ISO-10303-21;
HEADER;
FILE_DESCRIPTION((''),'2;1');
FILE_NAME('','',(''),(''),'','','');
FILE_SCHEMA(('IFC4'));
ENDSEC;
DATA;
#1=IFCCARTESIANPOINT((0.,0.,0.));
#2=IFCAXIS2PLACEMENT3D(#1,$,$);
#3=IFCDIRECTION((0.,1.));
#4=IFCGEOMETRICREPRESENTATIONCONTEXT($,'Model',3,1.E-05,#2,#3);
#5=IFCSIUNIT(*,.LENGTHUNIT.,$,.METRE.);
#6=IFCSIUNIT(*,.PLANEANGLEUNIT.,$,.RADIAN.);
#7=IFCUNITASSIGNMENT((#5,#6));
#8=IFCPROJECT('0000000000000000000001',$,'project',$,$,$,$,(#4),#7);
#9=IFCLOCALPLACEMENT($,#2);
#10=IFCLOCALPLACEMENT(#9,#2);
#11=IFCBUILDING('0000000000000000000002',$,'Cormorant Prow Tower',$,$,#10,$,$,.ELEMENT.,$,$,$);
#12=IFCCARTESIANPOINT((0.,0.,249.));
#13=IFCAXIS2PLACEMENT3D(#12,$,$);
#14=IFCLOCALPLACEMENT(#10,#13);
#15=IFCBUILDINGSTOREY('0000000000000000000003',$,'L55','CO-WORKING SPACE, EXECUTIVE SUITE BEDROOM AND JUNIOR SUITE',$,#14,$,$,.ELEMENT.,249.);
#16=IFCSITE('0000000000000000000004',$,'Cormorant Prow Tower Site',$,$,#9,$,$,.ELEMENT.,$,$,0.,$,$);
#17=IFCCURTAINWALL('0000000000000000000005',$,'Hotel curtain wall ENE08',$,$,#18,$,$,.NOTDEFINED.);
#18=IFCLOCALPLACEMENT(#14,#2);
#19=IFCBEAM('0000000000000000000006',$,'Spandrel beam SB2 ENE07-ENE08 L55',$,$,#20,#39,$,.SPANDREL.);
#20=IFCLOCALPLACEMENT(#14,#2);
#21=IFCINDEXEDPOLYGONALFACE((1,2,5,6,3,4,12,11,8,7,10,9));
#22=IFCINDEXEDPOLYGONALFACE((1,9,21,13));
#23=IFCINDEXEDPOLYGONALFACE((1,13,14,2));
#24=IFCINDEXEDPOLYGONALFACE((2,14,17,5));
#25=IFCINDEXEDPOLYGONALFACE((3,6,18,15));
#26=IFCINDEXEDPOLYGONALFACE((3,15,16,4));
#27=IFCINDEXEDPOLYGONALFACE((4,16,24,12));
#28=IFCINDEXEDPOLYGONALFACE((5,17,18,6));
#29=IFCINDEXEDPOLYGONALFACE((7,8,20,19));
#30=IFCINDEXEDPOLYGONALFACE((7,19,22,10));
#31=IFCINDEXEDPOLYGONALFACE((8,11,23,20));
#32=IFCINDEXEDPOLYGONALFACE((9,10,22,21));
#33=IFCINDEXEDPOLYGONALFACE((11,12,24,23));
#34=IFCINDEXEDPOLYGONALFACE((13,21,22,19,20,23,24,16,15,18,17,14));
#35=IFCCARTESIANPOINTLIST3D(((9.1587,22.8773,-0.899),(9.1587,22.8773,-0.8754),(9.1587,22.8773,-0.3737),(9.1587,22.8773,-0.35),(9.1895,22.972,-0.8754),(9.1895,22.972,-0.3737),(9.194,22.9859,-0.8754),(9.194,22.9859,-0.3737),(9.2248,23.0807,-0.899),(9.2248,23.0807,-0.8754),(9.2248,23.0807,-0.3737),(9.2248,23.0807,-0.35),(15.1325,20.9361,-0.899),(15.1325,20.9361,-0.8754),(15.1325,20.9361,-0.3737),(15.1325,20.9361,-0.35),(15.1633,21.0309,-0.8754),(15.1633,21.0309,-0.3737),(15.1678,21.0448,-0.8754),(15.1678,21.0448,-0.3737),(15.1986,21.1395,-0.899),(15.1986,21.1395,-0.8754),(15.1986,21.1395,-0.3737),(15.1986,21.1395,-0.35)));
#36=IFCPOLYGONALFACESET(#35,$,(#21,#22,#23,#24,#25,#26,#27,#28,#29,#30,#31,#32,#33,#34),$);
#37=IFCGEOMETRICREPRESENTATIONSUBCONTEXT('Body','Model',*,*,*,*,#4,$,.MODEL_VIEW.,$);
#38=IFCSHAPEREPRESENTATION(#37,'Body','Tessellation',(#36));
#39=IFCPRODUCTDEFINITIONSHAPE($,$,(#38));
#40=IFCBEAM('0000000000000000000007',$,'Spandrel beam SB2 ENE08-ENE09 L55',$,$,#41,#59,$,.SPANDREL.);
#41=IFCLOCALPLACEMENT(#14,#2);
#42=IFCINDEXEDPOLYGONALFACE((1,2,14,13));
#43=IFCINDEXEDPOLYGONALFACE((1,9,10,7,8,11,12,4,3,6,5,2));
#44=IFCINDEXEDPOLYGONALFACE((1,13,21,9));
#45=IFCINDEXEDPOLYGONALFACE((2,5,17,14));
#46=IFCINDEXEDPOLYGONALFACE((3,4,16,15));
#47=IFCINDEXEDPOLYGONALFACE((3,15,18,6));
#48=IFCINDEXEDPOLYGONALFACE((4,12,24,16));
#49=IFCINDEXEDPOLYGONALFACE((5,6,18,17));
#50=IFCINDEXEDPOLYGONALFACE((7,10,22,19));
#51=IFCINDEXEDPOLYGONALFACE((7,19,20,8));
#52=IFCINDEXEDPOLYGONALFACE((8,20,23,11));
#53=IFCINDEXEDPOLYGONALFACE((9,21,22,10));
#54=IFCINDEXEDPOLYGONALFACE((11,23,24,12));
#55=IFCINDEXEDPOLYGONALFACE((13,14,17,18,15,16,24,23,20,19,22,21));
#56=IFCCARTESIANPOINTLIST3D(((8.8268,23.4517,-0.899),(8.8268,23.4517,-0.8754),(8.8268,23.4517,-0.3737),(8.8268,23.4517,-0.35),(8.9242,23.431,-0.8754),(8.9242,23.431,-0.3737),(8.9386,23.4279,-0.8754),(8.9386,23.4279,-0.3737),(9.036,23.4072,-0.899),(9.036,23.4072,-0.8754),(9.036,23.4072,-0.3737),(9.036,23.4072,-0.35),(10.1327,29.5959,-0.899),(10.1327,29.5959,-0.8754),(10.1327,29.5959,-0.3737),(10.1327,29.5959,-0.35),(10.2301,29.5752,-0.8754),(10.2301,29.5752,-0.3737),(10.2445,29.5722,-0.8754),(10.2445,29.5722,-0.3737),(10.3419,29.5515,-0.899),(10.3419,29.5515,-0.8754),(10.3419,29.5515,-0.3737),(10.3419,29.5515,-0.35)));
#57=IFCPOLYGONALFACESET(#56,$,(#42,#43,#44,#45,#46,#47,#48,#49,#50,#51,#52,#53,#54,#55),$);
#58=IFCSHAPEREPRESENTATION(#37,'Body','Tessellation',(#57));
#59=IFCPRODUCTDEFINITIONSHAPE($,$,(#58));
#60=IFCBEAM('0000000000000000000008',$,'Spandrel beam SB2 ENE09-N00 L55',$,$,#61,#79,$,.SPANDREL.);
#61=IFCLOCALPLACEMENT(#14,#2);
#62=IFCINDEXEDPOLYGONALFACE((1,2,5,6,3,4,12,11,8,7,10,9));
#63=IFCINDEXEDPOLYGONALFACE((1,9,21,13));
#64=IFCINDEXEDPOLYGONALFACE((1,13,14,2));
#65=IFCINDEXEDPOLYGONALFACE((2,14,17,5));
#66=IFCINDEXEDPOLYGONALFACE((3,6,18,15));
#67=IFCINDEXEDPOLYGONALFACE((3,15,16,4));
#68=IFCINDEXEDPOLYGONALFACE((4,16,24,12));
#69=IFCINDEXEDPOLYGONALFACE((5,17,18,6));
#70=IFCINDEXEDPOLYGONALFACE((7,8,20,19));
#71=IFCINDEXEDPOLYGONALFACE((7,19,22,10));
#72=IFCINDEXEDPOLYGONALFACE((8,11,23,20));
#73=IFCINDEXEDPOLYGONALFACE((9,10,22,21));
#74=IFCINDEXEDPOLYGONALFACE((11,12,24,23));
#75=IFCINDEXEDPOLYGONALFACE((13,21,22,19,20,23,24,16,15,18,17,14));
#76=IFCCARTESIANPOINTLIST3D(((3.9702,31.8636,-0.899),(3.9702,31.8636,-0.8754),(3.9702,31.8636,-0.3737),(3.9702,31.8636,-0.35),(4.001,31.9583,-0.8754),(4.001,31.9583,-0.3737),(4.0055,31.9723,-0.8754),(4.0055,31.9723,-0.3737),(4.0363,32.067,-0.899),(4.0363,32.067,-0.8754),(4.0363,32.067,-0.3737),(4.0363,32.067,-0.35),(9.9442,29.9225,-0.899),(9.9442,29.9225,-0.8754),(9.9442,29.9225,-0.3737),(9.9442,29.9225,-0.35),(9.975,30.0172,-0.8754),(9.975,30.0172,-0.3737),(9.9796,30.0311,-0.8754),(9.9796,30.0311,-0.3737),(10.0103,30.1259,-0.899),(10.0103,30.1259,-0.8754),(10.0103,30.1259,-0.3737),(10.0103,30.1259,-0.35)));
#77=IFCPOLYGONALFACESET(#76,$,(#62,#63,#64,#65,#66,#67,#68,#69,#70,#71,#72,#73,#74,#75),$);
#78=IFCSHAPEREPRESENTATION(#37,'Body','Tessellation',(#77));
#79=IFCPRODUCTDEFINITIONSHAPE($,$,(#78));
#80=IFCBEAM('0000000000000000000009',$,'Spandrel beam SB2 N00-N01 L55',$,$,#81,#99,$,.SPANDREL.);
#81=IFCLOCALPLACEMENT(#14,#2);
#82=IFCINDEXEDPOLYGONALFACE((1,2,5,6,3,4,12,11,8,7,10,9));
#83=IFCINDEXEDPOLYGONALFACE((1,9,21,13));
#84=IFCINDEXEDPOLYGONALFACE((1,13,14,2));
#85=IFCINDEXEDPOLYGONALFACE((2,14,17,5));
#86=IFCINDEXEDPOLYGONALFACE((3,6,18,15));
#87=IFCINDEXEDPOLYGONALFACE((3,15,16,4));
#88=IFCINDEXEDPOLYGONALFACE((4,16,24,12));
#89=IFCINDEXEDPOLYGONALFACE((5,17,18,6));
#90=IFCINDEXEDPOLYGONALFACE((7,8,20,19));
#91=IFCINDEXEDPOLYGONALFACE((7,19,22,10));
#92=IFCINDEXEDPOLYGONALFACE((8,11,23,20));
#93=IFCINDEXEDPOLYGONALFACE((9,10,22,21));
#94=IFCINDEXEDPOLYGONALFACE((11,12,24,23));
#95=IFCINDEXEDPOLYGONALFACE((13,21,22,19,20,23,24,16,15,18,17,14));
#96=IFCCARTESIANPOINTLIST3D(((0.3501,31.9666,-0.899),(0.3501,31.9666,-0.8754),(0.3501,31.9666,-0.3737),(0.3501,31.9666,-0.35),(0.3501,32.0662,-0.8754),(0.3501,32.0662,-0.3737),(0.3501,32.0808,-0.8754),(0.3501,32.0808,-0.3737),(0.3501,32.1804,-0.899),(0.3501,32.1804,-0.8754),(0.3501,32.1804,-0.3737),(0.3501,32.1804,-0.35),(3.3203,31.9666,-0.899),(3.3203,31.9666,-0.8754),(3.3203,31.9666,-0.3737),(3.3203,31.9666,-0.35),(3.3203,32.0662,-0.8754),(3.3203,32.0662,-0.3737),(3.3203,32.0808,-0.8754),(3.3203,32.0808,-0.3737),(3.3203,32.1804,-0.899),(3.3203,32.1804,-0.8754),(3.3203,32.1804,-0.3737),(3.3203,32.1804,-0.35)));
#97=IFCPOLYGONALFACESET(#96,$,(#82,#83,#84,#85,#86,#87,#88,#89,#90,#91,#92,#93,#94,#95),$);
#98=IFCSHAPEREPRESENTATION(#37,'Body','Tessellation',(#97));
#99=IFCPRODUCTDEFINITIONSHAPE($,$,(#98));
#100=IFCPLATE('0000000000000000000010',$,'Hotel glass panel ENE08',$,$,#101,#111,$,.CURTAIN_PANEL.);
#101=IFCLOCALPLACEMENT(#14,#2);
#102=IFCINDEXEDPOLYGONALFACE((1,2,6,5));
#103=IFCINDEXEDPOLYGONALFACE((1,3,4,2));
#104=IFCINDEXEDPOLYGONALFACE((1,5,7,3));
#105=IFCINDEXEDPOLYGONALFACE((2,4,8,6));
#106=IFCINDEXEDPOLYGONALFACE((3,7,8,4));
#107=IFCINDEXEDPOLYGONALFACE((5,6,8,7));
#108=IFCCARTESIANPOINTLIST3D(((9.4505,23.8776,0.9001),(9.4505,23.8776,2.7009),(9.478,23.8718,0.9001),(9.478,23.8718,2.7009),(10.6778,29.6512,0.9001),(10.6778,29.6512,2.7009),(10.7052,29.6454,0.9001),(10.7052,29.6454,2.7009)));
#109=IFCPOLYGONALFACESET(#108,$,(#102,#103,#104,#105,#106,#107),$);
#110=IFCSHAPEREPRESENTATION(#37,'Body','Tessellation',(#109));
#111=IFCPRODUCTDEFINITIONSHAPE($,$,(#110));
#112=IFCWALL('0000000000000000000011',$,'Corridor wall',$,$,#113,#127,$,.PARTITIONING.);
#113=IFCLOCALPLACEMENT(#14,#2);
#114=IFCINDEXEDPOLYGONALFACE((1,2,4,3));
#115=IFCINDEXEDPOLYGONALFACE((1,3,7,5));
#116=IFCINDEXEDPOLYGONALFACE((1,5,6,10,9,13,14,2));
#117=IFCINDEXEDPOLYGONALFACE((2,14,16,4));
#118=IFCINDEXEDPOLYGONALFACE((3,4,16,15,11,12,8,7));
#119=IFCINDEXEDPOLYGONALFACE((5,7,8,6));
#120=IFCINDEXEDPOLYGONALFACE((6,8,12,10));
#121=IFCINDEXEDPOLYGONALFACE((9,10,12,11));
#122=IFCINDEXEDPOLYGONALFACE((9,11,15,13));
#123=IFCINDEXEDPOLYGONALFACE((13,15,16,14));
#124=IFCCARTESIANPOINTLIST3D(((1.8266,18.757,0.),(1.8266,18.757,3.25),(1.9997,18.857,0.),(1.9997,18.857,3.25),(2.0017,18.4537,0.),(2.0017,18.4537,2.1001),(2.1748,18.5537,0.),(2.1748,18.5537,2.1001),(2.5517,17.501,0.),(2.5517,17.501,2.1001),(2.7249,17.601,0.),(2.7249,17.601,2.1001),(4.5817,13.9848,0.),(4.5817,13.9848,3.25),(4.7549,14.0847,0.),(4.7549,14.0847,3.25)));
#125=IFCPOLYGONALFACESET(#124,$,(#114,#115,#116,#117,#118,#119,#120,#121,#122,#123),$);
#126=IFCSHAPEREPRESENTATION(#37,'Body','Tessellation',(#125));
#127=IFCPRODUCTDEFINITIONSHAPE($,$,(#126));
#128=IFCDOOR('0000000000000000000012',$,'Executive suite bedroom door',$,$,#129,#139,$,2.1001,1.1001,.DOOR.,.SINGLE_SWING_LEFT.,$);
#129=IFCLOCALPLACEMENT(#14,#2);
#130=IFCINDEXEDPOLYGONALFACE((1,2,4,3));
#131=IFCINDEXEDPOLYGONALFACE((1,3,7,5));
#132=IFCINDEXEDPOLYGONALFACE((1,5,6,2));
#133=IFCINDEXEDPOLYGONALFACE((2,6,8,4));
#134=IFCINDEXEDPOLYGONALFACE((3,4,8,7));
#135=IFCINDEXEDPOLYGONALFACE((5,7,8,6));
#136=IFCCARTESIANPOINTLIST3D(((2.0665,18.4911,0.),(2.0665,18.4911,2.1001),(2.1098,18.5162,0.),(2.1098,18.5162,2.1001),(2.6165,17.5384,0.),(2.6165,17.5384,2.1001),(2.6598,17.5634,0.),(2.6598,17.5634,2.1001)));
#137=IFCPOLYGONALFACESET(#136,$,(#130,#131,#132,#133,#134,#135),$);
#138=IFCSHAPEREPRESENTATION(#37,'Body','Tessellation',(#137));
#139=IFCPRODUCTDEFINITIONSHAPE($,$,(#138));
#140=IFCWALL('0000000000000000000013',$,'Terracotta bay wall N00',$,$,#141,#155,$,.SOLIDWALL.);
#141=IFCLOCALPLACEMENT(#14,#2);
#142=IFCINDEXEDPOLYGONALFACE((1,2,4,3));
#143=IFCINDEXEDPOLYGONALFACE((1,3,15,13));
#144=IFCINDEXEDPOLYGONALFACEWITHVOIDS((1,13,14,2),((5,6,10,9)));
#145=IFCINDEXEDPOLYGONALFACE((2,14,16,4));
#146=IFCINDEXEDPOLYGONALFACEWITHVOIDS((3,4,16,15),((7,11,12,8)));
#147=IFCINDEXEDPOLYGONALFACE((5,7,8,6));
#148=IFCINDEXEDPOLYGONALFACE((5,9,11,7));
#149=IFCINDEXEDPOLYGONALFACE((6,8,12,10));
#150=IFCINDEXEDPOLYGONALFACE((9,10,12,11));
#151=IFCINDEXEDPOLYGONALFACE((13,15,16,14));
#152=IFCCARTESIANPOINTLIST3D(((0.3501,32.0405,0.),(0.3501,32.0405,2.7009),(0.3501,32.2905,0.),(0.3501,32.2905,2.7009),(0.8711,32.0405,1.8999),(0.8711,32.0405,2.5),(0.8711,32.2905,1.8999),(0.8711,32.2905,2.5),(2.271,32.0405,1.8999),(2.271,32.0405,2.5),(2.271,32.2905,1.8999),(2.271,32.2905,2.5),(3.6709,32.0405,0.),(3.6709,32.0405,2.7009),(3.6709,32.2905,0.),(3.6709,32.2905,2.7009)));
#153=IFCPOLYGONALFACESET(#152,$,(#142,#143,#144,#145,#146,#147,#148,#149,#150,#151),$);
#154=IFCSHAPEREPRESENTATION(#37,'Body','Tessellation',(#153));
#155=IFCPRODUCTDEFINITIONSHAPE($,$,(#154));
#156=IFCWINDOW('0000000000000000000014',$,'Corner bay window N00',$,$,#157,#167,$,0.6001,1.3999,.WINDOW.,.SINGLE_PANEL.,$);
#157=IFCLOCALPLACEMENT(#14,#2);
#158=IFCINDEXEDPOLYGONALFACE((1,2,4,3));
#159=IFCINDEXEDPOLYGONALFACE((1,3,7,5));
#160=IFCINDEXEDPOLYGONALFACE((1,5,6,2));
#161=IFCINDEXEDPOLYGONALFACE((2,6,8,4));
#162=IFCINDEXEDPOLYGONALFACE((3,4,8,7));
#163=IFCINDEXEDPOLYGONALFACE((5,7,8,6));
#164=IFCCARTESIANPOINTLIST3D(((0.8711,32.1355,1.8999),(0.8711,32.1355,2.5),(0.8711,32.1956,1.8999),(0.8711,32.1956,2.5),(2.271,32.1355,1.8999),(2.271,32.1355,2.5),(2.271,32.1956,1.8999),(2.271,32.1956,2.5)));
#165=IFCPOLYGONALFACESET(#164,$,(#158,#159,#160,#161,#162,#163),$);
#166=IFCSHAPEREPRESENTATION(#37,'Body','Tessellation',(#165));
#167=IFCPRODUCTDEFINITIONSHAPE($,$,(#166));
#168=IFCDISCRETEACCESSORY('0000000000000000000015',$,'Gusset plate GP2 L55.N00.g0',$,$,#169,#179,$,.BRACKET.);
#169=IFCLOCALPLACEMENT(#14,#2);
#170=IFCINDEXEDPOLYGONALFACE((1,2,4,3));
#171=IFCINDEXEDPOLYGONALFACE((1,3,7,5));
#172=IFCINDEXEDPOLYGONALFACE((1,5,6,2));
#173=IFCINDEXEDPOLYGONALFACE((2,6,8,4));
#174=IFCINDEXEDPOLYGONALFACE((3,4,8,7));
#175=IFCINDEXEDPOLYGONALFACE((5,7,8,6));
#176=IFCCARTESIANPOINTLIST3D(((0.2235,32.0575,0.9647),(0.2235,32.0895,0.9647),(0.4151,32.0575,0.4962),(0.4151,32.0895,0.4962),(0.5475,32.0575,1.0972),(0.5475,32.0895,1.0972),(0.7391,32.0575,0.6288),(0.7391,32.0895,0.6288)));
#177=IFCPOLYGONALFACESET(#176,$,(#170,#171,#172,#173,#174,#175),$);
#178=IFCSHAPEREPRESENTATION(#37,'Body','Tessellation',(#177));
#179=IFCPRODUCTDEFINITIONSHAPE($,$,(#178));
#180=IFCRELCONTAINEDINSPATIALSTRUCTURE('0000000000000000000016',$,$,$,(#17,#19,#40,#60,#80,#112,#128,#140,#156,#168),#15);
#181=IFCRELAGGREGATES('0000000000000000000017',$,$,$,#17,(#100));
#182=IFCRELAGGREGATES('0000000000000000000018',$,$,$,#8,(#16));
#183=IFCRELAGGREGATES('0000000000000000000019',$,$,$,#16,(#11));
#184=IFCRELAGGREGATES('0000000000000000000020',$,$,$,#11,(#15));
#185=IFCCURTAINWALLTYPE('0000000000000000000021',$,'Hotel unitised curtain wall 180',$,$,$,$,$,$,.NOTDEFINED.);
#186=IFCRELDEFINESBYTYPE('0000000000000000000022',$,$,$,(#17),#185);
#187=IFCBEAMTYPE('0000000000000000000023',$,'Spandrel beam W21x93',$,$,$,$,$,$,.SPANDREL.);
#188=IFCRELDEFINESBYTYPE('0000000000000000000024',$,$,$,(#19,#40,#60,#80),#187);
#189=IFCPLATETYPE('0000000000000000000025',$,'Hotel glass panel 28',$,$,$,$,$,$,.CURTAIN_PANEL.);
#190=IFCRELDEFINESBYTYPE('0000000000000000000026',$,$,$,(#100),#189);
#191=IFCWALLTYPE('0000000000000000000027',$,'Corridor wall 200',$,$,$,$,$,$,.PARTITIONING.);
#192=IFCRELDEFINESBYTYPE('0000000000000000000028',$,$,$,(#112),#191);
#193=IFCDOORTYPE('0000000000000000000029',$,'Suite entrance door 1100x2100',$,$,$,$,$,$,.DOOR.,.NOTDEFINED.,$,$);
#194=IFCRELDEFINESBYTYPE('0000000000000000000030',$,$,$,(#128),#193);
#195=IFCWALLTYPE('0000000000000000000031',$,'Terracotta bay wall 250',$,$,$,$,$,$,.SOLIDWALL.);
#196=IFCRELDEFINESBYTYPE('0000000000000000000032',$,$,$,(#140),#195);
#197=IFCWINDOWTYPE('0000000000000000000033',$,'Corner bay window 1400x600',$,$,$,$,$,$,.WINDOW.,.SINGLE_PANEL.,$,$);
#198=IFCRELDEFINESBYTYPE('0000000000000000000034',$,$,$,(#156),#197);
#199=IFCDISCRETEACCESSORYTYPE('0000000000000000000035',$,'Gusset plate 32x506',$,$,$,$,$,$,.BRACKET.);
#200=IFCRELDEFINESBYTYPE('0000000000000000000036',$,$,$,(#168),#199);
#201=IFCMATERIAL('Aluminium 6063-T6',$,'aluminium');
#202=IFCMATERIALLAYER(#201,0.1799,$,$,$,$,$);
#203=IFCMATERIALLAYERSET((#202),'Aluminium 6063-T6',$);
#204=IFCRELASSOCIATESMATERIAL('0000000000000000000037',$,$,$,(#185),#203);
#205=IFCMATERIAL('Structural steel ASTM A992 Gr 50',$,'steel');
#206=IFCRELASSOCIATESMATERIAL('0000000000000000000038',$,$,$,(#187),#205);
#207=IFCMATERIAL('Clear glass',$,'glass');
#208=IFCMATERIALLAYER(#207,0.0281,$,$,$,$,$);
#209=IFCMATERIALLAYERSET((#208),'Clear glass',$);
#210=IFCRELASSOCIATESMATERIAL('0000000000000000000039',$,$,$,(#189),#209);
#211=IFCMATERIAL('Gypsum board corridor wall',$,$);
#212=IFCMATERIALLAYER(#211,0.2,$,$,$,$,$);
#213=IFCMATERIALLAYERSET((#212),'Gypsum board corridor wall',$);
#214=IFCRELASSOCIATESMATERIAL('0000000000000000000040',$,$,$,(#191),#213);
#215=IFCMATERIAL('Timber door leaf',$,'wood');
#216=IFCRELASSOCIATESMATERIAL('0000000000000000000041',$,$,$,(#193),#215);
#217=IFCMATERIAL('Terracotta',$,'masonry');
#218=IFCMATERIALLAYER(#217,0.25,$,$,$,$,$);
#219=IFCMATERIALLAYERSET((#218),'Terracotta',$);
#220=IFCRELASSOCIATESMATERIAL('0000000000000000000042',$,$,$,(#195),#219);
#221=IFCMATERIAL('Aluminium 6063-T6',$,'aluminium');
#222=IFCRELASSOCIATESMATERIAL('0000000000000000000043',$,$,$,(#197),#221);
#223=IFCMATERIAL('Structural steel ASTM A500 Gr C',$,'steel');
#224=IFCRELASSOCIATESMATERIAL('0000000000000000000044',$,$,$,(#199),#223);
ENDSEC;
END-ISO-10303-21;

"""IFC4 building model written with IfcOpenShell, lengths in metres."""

from ifc_helpers import new_model, si_unit, direction, frame, frame_2d, origin, origin_2d, place, context, subcontext, project, spatial, rectangle, i_section, extrude, material, layer, layer_set, material_profile, profile_set, type_object, element, fill, aggregate, save


model = new_model("IFC4")

# Units and contexts
model_context = context("Model", 3, precision=1e-05, world=origin(), true_north=direction((0.0, 1.0)))
body_context = subcontext(model_context, "Body", "Model", "MODEL_VIEW")
ifc_project = project(units=[si_unit("LENGTHUNIT", "METRE"), si_unit("PLANEANGLEUNIT", "RADIAN")], contexts=[model_context])

# Site, building, storey
site_placement = place(None, origin())
site = spatial("IfcSite", under=ifc_project, at=site_placement, Name="Cormorant Prow Tower Site", CompositionType="ELEMENT", RefElevation=0.0)
building_placement = place(site_placement, origin())
building = spatial("IfcBuilding", under=site, at=building_placement, Name="Cormorant Prow Tower", CompositionType="ELEMENT")
storey_placement = place(building_placement, frame((0.0, 0.0, 249.0)))
storey = spatial("IfcBuildingStorey", under=building, at=storey_placement, Name="L55", Description="CO-WORKING SPACE, EXECUTIVE SUITE BEDROOM AND JUNIOR SUITE", CompositionType="ELEMENT", Elevation=249.0)

# Curtain wall
ifc_material_1 = material(Name="Aluminium 6063-T6", Category="aluminium")
ifc_layer_1 = layer(ifc_material_1, 0.1799)
ifc_layer_set_1 = layer_set([ifc_layer_1], Name="Aluminium 6063-T6")
curtain_wall_type = type_object("IfcCurtainWallType", Name="Hotel unitised curtain wall 180", PredefinedType="NOTDEFINED", material=ifc_layer_set_1)
curtain_wall_placement = place(storey_placement, origin())
curtain_wall = element("IfcCurtainWall", 1, at=curtain_wall_placement, inside=storey, type_object=curtain_wall_type, Name="Hotel curtain wall ENE08", PredefinedType="NOTDEFINED")

# Beams
ifc_material_2 = material(Name="Structural steel ASTM A992 Gr 50", Category="steel")
ifc_material_profile_1 = material_profile(ifc_material_2, i_section(OverallWidth=0.2139, OverallDepth=0.5491, WebThickness=0.0146, FlangeThickness=0.0237, at=origin_2d()), Name="W21x93")
ifc_profile_set_1 = profile_set([ifc_material_profile_1], Name="Structural steel ASTM A992 Gr 50")
beam_type_1 = type_object("IfcBeamType", Name="Spandrel beam W21x93", PredefinedType="SPANDREL", material=ifc_profile_set_1)
beam_1_placement = place(storey_placement, frame((15.1655, 21.0378, -0.6245), z_axis=(-0.95105, 0.309036, 0.0), x_axis=(-0.309036, -0.95105, 0.0)))
element("IfcBeam", 2, at=beam_1_placement, inside=storey, type_object=beam_type_1, Name="Spandrel beam SB2 ENE07-ENE08 L55", PredefinedType="SPANDREL", context=body_context, shape_type="SweptSolid", body=[
    extrude(i_section(OverallWidth=0.2139, OverallDepth=0.5491, WebThickness=0.0146, FlangeThickness=0.0237, at=origin_2d()), origin(), (0.0, 0.0, 1.0), 6.2812),
])
for number, where, z_axis, x_axis, name in (
    (3, (8.9314, 23.4294, -0.6245), (0.207896, 0.978151, 0.0), (-0.978151, 0.207896, 0.0), "Spandrel beam SB2 ENE08-ENE09 L55"),
    (4, (9.9773, 30.0242, -0.6245), (-0.951054, 0.309025, 0.0), (-0.309025, -0.951054, 0.0), "Spandrel beam SB2 ENE09-N00 L55"),
):
    element("IfcBeam", number, at=place(storey_placement, frame(where, z_axis=z_axis, x_axis=x_axis)), inside=storey, type_object=beam_type_1, Name=name, PredefinedType="SPANDREL", context=body_context, shape_type="SweptSolid", body=[
        extrude(i_section(OverallWidth=0.2139, OverallDepth=0.5491, WebThickness=0.0146, FlangeThickness=0.0237, at=origin_2d()), origin(), (0.0, 0.0, 1.0), 6.2815),
    ])
beam_2_placement = place(storey_placement, frame((3.3203, 32.0735, -0.6245), z_axis=(-1.0, 0.0, 0.0), x_axis=(0.0, -1.0, 0.0)))
element("IfcBeam", 5, at=beam_2_placement, inside=storey, type_object=beam_type_1, Name="Spandrel beam SB2 N00-N01 L55", PredefinedType="SPANDREL", context=body_context, shape_type="SweptSolid", body=[
    extrude(i_section(OverallWidth=0.2139, OverallDepth=0.5491, WebThickness=0.0146, FlangeThickness=0.0237, at=origin_2d()), origin(), (0.0, 0.0, 1.0), 2.9702),
])

# Plate
ifc_material_3 = material(Name="Clear glass", Category="glass")
ifc_layer_2 = layer(ifc_material_3, 0.0281)
ifc_layer_set_2 = layer_set([ifc_layer_2], Name="Clear glass")
plate_type = type_object("IfcPlateType", Name="Hotel glass panel 28", PredefinedType="CURTAIN_PANEL", material=ifc_layer_set_2)
plate_placement = place(storey_placement, frame((10.0779, 26.7615, 0.9001), z_axis=(0.0, 0.0, 1.0), x_axis=(0.207912, 0.978148, 0.0)))
plate = element("IfcPlate", 6, at=plate_placement, type_object=plate_type, Name="Hotel glass panel ENE08", PredefinedType="CURTAIN_PANEL", context=body_context, shape_type="SweptSolid", body=[
    extrude(rectangle(XDim=5.9026, YDim=0.0281, at=origin_2d()), origin(), (0.0, 0.0, 1.0), 1.8008),
])
aggregate(curtain_wall, [plate])

# Wall, opening, door
ifc_material_4 = material(Name="Gypsum board corridor wall")
ifc_layer_3 = layer(ifc_material_4, 0.2)
ifc_layer_set_3 = layer_set([ifc_layer_3], Name="Gypsum board corridor wall")
wall_type_1 = type_object("IfcWallType", Name="Corridor wall 200", PredefinedType="PARTITIONING", material=ifc_layer_set_3)
wall_1_placement = place(storey_placement, frame((1.9131, 18.8071, 0.0), z_axis=(0.0, 0.0, 1.0), x_axis=(0.499985, -0.866034, 0.0)))
wall_1 = element("IfcWall", 7, at=wall_1_placement, inside=storey, type_object=wall_type_1, Name="Corridor wall", PredefinedType="PARTITIONING", context=body_context, shape_type="SweptSolid", body=[
    extrude(rectangle(XDim=5.5105, YDim=0.2, at=frame_2d((2.7554, 0.0))), origin(), (0.0, 0.0, 1.0), 3.25),
])
opening_1_placement = place(wall_1_placement, frame((0.3503, 0.0, 0.0)))
opening_1 = element("IfcOpeningElement", 8, at=opening_1_placement, cuts=wall_1, PredefinedType="OPENING", context=body_context, shape_type="SweptSolid", body=[
    extrude(rectangle(XDim=1.1001, YDim=2.1001, at=frame_2d((0.55, 1.05))), frame((0.0, 0.1099, 0.0), z_axis=(0.0, -1.0, 0.0), x_axis=(1.0, 0.0, 0.0)), (0.0, 0.0, 1.0), 0.22),
])
ifc_material_5 = material(Name="Timber door leaf", Category="wood")
door_type_1 = type_object("IfcDoorType", Name="Suite entrance door 1100x2100", OperationType="NOTDEFINED", PredefinedType="DOOR", material=ifc_material_5)
door_1_placement = place(opening_1_placement, origin())
door_1 = element("IfcDoor", 9, at=door_1_placement, inside=storey, type_object=door_type_1, Name="Executive suite bedroom door", OperationType="SINGLE_SWING_LEFT", OverallHeight=2.1001, OverallWidth=1.1001, PredefinedType="DOOR", context=body_context, shape_type="SweptSolid", body=[
    extrude(rectangle(XDim=1.1001, YDim=2.1001, at=frame_2d((0.55, 1.05))), frame((0.0, 0.0249, 0.0), z_axis=(0.0, -1.0, 0.0), x_axis=(1.0, 0.0, 0.0)), (0.0, 0.0, 1.0), 0.05),
])
fill(opening_1, door_1)

# Wall, opening, window
ifc_material_6 = material(Name="Terracotta", Category="masonry")
ifc_layer_4 = layer(ifc_material_6, 0.25)
ifc_layer_set_4 = layer_set([ifc_layer_4], Name="Terracotta")
wall_type_2 = type_object("IfcWallType", Name="Terracotta bay wall 250", PredefinedType="SOLIDWALL", material=ifc_layer_set_4)
wall_2_placement = place(storey_placement, frame((3.6709, 32.1655, 0.0), z_axis=(0.0, 0.0, 1.0), x_axis=(-1.0, 0.0, 0.0)))
wall_2 = element("IfcWall", 10, at=wall_2_placement, inside=storey, type_object=wall_type_2, Name="Terracotta bay wall N00", PredefinedType="SOLIDWALL", context=body_context, shape_type="SweptSolid", body=[
    extrude(rectangle(XDim=3.3208, YDim=0.25, at=frame_2d((1.6604, 0.0))), origin(), (0.0, 0.0, 1.0), 2.7009),
])
opening_2_placement = place(wall_2_placement, frame((1.3999, 0.0, 1.8999)))
opening_2 = element("IfcOpeningElement", 11, at=opening_2_placement, cuts=wall_2, PredefinedType="OPENING", context=body_context, shape_type="SweptSolid", body=[
    extrude(rectangle(XDim=1.3999, YDim=0.6001, at=frame_2d((0.7, 0.3))), frame((0.0, 0.135, 0.0), z_axis=(0.0, -1.0, 0.0), x_axis=(1.0, 0.0, 0.0)), (0.0, 0.0, 1.0), 0.27),
])
ifc_material_7 = material(Name="Aluminium 6063-T6", Category="aluminium")
window_type = type_object("IfcWindowType", Name="Corner bay window 1400x600", PartitioningType="SINGLE_PANEL", PredefinedType="WINDOW", material=ifc_material_7)
window_placement = place(opening_2_placement, origin())
window = element("IfcWindow", 12, at=window_placement, inside=storey, type_object=window_type, Name="Corner bay window N00", OverallHeight=0.6001, OverallWidth=1.3999, PartitioningType="SINGLE_PANEL", PredefinedType="WINDOW", context=body_context, shape_type="SweptSolid", body=[
    extrude(rectangle(XDim=1.3999, YDim=0.6001, at=frame_2d((0.7, 0.3))), frame((0.0, 0.03, 0.0), z_axis=(0.0, -1.0, 0.0), x_axis=(1.0, 0.0, 0.0)), (0.0, 0.0, 1.0), 0.0601),
])
fill(opening_2, window)

# Discrete accessory
ifc_material_8 = material(Name="Structural steel ASTM A500 Gr C", Category="steel")
ifc_material_profile_2 = material_profile(ifc_material_8, rectangle(XDim=0.032, YDim=0.5061, at=origin_2d()), Name="Gusset plate 32x506")
ifc_profile_set_2 = profile_set([ifc_material_profile_2], Name="Structural steel ASTM A500 Gr C")
discrete_accessory_type = type_object("IfcDiscreteAccessoryType", Name="Gusset plate 32x506", PredefinedType="BRACKET", material=ifc_profile_set_2)
discrete_accessory_1_placement = place(storey_placement, frame((0.6433, 32.0735, 0.863), z_axis=(-0.925514, 0.0, -0.378714), x_axis=(0.0, -1.0, 0.0)))
element("IfcDiscreteAccessory", 13, at=discrete_accessory_1_placement, inside=storey, type_object=discrete_accessory_type, Name="Gusset plate GP2 L55.N00.g0", PredefinedType="BRACKET", context=body_context, shape_type="SweptSolid", body=[
    extrude(rectangle(XDim=0.032, YDim=0.5061, at=origin_2d()), origin(), (0.0, 0.0, 1.0), 0.3501),
])

save(model, "model.ifc")
